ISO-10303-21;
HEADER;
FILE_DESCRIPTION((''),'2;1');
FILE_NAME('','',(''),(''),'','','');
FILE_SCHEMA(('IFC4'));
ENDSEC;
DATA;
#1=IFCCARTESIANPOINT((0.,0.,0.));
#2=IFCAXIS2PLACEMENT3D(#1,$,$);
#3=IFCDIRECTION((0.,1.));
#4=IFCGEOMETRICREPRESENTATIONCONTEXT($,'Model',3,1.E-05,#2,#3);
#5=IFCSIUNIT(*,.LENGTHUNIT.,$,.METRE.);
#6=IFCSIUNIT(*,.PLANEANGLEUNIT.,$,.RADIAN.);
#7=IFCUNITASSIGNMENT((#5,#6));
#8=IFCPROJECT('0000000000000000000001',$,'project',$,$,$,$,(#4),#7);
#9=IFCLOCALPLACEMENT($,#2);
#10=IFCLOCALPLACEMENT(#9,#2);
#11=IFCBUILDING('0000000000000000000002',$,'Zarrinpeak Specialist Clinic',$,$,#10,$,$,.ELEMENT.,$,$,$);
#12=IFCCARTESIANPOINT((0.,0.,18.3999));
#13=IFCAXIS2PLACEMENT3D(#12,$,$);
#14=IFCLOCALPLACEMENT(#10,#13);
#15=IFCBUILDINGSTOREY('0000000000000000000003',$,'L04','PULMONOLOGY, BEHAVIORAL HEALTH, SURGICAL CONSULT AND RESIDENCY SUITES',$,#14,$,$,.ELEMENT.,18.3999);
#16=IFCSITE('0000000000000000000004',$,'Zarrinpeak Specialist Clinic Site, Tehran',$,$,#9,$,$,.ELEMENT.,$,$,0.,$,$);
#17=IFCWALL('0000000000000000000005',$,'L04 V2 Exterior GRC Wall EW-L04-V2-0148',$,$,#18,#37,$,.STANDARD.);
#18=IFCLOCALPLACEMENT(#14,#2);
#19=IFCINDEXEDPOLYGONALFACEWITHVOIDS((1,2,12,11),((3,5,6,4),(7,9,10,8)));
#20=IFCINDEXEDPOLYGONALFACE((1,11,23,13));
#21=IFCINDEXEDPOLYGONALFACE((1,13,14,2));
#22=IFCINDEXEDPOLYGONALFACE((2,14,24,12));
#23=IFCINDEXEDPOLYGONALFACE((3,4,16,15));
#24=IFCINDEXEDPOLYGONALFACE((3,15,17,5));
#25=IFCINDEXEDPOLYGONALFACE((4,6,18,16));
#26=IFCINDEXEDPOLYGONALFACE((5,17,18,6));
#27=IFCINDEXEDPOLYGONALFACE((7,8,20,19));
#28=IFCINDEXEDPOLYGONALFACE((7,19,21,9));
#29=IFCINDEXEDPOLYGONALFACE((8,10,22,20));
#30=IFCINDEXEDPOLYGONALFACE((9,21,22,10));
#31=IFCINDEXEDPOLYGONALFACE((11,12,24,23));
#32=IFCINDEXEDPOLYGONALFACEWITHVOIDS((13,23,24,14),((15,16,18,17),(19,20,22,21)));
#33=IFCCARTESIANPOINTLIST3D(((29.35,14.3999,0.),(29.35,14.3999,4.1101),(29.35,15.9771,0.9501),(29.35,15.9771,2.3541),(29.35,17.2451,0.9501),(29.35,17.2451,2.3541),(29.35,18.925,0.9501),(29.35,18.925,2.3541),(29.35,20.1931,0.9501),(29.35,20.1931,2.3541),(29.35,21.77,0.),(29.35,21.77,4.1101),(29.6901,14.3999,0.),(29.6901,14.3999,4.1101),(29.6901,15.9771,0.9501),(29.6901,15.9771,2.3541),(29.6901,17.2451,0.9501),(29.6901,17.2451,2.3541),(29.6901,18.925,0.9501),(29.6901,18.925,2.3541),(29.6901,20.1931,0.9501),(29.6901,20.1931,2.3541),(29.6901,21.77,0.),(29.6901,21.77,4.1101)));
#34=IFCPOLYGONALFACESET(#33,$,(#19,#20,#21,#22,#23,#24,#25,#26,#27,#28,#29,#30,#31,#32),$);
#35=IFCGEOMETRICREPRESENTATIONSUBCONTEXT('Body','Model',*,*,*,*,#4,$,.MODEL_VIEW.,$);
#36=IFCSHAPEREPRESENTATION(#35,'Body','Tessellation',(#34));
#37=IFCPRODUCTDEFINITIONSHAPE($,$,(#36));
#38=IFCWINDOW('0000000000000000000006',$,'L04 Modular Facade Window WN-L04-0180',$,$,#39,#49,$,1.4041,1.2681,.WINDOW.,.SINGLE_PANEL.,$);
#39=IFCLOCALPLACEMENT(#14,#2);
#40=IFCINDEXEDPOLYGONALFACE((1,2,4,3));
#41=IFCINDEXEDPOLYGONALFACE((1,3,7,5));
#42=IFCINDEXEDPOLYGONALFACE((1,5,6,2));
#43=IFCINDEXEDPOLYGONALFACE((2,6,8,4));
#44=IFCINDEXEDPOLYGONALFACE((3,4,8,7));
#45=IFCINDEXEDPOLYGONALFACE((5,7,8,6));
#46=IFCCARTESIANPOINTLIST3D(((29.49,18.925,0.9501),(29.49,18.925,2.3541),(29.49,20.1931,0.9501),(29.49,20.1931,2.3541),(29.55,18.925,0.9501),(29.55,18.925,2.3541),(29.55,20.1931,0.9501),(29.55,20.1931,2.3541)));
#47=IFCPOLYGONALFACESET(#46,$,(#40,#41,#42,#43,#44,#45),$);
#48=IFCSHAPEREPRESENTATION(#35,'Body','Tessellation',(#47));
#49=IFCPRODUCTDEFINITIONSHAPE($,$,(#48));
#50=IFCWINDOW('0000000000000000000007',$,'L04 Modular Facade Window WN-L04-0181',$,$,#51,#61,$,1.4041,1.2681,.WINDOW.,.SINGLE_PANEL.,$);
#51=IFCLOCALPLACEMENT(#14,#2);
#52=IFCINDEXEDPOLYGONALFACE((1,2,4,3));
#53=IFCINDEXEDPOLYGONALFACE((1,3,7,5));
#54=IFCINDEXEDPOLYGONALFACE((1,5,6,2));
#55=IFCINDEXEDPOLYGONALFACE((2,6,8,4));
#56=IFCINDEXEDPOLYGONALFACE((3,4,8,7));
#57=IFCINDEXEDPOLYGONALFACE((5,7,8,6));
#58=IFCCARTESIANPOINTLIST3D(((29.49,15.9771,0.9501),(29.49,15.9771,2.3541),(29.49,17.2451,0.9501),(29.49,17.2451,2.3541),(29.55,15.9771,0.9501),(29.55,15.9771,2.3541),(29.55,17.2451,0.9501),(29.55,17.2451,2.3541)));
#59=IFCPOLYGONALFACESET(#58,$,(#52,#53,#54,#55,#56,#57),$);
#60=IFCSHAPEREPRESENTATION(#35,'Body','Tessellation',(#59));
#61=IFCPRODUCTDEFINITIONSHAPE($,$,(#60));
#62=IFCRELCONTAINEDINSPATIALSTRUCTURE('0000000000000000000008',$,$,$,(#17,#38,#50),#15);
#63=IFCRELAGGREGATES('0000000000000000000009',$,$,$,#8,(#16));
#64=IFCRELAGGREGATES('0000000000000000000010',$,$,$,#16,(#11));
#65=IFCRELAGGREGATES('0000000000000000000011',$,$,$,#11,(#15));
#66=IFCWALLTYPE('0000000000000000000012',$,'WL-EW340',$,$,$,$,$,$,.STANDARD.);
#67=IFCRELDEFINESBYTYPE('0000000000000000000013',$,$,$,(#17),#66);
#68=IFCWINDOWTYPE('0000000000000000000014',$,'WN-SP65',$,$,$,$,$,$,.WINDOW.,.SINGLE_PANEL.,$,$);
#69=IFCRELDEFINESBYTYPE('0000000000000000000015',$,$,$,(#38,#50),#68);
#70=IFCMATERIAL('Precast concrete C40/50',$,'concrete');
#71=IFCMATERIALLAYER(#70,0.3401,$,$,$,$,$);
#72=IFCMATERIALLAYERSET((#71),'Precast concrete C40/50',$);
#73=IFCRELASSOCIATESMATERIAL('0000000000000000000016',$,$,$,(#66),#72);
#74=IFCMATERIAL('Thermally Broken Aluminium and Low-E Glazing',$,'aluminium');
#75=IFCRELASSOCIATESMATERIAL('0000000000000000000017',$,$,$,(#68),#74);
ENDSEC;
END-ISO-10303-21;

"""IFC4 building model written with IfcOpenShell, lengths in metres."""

from ifc_helpers import new_model, si_unit, direction, frame, frame_2d, origin, place, context, subcontext, project, spatial, rectangle, extrude, material, layer, layer_set, type_object, element, fill, save


model = new_model("IFC4")

# Units and contexts
model_context = context("Model", 3, precision=1e-05, world=origin(), true_north=direction((0.0, 1.0)))
body_context = subcontext(model_context, "Body", "Model", "MODEL_VIEW")
ifc_project = project(units=[si_unit("LENGTHUNIT", "METRE"), si_unit("PLANEANGLEUNIT", "RADIAN")], contexts=[model_context])

# Site, building, storey
site_placement = place(None, origin())
site = spatial("IfcSite", under=ifc_project, at=site_placement, Name="Zarrinpeak Specialist Clinic Site, Tehran", CompositionType="ELEMENT", RefElevation=0.0)
building_placement = place(site_placement, origin())
building = spatial("IfcBuilding", under=site, at=building_placement, Name="Zarrinpeak Specialist Clinic", CompositionType="ELEMENT")
storey_placement = place(building_placement, frame((0.0, 0.0, 18.3999)))
storey = spatial("IfcBuildingStorey", under=building, at=storey_placement, Name="L04", Description="PULMONOLOGY, BEHAVIORAL HEALTH, SURGICAL CONSULT AND RESIDENCY SUITES", CompositionType="ELEMENT", Elevation=18.3999)

# Shared definitions
ifc_material_1 = material(Name="Precast concrete C40/50", Category="concrete")
ifc_layer_1 = layer(ifc_material_1, 0.3401)
ifc_layer_set_1 = layer_set([ifc_layer_1], Name="Precast concrete C40/50")
wall_type = type_object("IfcWallType", Name="WL-EW340", PredefinedType="STANDARD", material=ifc_layer_set_1)

# Wall, openings, windows
wall_1_placement = place(storey_placement, frame((29.52, 21.77, 0.0), z_axis=(0.0, 0.0, 1.0), x_axis=(0.0, -1.0, 0.0)))
wall_1 = element("IfcWall", 1, at=wall_1_placement, inside=storey, type_object=wall_type, Name="L04 V2 Exterior GRC Wall EW-L04-V2-0148", PredefinedType="STANDARD", context=body_context, shape_type="SweptSolid", body=[
    extrude(rectangle(XDim=7.3701, YDim=0.3401, at=frame_2d((3.6851, 0.0))), origin(), (0.0, 0.0, 1.0), 4.1101),
])
opening_1_placement = place(wall_1_placement, frame((1.5769, 0.0, 0.95)))
opening_1 = element("IfcOpeningElement", 2, at=opening_1_placement, cuts=wall_1, PredefinedType="OPENING", context=body_context, shape_type="SweptSolid", body=[
    extrude(rectangle(XDim=1.2681, YDim=1.4041, at=frame_2d((0.634, 0.7021))), frame((0.0, 0.1802, 0.0), z_axis=(0.0, -1.0, 0.0), x_axis=(1.0, 0.0, 0.0)), (0.0, 0.0, 1.0), 0.3601),
])
opening_2_placement = place(wall_1_placement, frame((4.5249, 0.0, 0.95)))
opening_2 = element("IfcOpeningElement", 3, at=opening_2_placement, cuts=wall_1, PredefinedType="OPENING", context=body_context, shape_type="SweptSolid", body=[
    extrude(rectangle(XDim=1.2681, YDim=1.4041, at=frame_2d((0.634, 0.7021))), frame((0.0, 0.1802, 0.0), z_axis=(0.0, -1.0, 0.0), x_axis=(1.0, 0.0, 0.0)), (0.0, 0.0, 1.0), 0.3601),
])
ifc_material_2 = material(Name="Thermally Broken Aluminium and Low-E Glazing", Category="aluminium")
window_type = type_object("IfcWindowType", Name="WN-SP65", PartitioningType="SINGLE_PANEL", PredefinedType="WINDOW", material=ifc_material_2)
window_1_placement = place(opening_1_placement, origin())
window_1 = element("IfcWindow", 4, at=window_1_placement, inside=storey, type_object=window_type, Name="L04 Modular Facade Window WN-L04-0180", OverallHeight=1.4041, OverallWidth=1.2681, PartitioningType="SINGLE_PANEL", PredefinedType="WINDOW", context=body_context, shape_type="SweptSolid", body=[
    extrude(rectangle(XDim=1.2681, YDim=1.4041, at=frame_2d((0.634, 0.7021))), frame((0.0, 0.03, 0.0), z_axis=(0.0, -1.0, 0.0), x_axis=(1.0, 0.0, 0.0)), (0.0, 0.0, 1.0), 0.0601),
])
fill(opening_1, window_1)
window_2_placement = place(opening_2_placement, origin())
window_2 = element("IfcWindow", 5, at=window_2_placement, inside=storey, type_object=window_type, Name="L04 Modular Facade Window WN-L04-0181", OverallHeight=1.4041, OverallWidth=1.2681, PartitioningType="SINGLE_PANEL", PredefinedType="WINDOW", context=body_context, shape_type="SweptSolid", body=[
    extrude(rectangle(XDim=1.2681, YDim=1.4041, at=frame_2d((0.634, 0.7021))), frame((0.0, 0.03, 0.0), z_axis=(0.0, -1.0, 0.0), x_axis=(1.0, 0.0, 0.0)), (0.0, 0.0, 1.0), 0.0601),
])
fill(opening_2, window_2)

save(model, "model.ifc")
